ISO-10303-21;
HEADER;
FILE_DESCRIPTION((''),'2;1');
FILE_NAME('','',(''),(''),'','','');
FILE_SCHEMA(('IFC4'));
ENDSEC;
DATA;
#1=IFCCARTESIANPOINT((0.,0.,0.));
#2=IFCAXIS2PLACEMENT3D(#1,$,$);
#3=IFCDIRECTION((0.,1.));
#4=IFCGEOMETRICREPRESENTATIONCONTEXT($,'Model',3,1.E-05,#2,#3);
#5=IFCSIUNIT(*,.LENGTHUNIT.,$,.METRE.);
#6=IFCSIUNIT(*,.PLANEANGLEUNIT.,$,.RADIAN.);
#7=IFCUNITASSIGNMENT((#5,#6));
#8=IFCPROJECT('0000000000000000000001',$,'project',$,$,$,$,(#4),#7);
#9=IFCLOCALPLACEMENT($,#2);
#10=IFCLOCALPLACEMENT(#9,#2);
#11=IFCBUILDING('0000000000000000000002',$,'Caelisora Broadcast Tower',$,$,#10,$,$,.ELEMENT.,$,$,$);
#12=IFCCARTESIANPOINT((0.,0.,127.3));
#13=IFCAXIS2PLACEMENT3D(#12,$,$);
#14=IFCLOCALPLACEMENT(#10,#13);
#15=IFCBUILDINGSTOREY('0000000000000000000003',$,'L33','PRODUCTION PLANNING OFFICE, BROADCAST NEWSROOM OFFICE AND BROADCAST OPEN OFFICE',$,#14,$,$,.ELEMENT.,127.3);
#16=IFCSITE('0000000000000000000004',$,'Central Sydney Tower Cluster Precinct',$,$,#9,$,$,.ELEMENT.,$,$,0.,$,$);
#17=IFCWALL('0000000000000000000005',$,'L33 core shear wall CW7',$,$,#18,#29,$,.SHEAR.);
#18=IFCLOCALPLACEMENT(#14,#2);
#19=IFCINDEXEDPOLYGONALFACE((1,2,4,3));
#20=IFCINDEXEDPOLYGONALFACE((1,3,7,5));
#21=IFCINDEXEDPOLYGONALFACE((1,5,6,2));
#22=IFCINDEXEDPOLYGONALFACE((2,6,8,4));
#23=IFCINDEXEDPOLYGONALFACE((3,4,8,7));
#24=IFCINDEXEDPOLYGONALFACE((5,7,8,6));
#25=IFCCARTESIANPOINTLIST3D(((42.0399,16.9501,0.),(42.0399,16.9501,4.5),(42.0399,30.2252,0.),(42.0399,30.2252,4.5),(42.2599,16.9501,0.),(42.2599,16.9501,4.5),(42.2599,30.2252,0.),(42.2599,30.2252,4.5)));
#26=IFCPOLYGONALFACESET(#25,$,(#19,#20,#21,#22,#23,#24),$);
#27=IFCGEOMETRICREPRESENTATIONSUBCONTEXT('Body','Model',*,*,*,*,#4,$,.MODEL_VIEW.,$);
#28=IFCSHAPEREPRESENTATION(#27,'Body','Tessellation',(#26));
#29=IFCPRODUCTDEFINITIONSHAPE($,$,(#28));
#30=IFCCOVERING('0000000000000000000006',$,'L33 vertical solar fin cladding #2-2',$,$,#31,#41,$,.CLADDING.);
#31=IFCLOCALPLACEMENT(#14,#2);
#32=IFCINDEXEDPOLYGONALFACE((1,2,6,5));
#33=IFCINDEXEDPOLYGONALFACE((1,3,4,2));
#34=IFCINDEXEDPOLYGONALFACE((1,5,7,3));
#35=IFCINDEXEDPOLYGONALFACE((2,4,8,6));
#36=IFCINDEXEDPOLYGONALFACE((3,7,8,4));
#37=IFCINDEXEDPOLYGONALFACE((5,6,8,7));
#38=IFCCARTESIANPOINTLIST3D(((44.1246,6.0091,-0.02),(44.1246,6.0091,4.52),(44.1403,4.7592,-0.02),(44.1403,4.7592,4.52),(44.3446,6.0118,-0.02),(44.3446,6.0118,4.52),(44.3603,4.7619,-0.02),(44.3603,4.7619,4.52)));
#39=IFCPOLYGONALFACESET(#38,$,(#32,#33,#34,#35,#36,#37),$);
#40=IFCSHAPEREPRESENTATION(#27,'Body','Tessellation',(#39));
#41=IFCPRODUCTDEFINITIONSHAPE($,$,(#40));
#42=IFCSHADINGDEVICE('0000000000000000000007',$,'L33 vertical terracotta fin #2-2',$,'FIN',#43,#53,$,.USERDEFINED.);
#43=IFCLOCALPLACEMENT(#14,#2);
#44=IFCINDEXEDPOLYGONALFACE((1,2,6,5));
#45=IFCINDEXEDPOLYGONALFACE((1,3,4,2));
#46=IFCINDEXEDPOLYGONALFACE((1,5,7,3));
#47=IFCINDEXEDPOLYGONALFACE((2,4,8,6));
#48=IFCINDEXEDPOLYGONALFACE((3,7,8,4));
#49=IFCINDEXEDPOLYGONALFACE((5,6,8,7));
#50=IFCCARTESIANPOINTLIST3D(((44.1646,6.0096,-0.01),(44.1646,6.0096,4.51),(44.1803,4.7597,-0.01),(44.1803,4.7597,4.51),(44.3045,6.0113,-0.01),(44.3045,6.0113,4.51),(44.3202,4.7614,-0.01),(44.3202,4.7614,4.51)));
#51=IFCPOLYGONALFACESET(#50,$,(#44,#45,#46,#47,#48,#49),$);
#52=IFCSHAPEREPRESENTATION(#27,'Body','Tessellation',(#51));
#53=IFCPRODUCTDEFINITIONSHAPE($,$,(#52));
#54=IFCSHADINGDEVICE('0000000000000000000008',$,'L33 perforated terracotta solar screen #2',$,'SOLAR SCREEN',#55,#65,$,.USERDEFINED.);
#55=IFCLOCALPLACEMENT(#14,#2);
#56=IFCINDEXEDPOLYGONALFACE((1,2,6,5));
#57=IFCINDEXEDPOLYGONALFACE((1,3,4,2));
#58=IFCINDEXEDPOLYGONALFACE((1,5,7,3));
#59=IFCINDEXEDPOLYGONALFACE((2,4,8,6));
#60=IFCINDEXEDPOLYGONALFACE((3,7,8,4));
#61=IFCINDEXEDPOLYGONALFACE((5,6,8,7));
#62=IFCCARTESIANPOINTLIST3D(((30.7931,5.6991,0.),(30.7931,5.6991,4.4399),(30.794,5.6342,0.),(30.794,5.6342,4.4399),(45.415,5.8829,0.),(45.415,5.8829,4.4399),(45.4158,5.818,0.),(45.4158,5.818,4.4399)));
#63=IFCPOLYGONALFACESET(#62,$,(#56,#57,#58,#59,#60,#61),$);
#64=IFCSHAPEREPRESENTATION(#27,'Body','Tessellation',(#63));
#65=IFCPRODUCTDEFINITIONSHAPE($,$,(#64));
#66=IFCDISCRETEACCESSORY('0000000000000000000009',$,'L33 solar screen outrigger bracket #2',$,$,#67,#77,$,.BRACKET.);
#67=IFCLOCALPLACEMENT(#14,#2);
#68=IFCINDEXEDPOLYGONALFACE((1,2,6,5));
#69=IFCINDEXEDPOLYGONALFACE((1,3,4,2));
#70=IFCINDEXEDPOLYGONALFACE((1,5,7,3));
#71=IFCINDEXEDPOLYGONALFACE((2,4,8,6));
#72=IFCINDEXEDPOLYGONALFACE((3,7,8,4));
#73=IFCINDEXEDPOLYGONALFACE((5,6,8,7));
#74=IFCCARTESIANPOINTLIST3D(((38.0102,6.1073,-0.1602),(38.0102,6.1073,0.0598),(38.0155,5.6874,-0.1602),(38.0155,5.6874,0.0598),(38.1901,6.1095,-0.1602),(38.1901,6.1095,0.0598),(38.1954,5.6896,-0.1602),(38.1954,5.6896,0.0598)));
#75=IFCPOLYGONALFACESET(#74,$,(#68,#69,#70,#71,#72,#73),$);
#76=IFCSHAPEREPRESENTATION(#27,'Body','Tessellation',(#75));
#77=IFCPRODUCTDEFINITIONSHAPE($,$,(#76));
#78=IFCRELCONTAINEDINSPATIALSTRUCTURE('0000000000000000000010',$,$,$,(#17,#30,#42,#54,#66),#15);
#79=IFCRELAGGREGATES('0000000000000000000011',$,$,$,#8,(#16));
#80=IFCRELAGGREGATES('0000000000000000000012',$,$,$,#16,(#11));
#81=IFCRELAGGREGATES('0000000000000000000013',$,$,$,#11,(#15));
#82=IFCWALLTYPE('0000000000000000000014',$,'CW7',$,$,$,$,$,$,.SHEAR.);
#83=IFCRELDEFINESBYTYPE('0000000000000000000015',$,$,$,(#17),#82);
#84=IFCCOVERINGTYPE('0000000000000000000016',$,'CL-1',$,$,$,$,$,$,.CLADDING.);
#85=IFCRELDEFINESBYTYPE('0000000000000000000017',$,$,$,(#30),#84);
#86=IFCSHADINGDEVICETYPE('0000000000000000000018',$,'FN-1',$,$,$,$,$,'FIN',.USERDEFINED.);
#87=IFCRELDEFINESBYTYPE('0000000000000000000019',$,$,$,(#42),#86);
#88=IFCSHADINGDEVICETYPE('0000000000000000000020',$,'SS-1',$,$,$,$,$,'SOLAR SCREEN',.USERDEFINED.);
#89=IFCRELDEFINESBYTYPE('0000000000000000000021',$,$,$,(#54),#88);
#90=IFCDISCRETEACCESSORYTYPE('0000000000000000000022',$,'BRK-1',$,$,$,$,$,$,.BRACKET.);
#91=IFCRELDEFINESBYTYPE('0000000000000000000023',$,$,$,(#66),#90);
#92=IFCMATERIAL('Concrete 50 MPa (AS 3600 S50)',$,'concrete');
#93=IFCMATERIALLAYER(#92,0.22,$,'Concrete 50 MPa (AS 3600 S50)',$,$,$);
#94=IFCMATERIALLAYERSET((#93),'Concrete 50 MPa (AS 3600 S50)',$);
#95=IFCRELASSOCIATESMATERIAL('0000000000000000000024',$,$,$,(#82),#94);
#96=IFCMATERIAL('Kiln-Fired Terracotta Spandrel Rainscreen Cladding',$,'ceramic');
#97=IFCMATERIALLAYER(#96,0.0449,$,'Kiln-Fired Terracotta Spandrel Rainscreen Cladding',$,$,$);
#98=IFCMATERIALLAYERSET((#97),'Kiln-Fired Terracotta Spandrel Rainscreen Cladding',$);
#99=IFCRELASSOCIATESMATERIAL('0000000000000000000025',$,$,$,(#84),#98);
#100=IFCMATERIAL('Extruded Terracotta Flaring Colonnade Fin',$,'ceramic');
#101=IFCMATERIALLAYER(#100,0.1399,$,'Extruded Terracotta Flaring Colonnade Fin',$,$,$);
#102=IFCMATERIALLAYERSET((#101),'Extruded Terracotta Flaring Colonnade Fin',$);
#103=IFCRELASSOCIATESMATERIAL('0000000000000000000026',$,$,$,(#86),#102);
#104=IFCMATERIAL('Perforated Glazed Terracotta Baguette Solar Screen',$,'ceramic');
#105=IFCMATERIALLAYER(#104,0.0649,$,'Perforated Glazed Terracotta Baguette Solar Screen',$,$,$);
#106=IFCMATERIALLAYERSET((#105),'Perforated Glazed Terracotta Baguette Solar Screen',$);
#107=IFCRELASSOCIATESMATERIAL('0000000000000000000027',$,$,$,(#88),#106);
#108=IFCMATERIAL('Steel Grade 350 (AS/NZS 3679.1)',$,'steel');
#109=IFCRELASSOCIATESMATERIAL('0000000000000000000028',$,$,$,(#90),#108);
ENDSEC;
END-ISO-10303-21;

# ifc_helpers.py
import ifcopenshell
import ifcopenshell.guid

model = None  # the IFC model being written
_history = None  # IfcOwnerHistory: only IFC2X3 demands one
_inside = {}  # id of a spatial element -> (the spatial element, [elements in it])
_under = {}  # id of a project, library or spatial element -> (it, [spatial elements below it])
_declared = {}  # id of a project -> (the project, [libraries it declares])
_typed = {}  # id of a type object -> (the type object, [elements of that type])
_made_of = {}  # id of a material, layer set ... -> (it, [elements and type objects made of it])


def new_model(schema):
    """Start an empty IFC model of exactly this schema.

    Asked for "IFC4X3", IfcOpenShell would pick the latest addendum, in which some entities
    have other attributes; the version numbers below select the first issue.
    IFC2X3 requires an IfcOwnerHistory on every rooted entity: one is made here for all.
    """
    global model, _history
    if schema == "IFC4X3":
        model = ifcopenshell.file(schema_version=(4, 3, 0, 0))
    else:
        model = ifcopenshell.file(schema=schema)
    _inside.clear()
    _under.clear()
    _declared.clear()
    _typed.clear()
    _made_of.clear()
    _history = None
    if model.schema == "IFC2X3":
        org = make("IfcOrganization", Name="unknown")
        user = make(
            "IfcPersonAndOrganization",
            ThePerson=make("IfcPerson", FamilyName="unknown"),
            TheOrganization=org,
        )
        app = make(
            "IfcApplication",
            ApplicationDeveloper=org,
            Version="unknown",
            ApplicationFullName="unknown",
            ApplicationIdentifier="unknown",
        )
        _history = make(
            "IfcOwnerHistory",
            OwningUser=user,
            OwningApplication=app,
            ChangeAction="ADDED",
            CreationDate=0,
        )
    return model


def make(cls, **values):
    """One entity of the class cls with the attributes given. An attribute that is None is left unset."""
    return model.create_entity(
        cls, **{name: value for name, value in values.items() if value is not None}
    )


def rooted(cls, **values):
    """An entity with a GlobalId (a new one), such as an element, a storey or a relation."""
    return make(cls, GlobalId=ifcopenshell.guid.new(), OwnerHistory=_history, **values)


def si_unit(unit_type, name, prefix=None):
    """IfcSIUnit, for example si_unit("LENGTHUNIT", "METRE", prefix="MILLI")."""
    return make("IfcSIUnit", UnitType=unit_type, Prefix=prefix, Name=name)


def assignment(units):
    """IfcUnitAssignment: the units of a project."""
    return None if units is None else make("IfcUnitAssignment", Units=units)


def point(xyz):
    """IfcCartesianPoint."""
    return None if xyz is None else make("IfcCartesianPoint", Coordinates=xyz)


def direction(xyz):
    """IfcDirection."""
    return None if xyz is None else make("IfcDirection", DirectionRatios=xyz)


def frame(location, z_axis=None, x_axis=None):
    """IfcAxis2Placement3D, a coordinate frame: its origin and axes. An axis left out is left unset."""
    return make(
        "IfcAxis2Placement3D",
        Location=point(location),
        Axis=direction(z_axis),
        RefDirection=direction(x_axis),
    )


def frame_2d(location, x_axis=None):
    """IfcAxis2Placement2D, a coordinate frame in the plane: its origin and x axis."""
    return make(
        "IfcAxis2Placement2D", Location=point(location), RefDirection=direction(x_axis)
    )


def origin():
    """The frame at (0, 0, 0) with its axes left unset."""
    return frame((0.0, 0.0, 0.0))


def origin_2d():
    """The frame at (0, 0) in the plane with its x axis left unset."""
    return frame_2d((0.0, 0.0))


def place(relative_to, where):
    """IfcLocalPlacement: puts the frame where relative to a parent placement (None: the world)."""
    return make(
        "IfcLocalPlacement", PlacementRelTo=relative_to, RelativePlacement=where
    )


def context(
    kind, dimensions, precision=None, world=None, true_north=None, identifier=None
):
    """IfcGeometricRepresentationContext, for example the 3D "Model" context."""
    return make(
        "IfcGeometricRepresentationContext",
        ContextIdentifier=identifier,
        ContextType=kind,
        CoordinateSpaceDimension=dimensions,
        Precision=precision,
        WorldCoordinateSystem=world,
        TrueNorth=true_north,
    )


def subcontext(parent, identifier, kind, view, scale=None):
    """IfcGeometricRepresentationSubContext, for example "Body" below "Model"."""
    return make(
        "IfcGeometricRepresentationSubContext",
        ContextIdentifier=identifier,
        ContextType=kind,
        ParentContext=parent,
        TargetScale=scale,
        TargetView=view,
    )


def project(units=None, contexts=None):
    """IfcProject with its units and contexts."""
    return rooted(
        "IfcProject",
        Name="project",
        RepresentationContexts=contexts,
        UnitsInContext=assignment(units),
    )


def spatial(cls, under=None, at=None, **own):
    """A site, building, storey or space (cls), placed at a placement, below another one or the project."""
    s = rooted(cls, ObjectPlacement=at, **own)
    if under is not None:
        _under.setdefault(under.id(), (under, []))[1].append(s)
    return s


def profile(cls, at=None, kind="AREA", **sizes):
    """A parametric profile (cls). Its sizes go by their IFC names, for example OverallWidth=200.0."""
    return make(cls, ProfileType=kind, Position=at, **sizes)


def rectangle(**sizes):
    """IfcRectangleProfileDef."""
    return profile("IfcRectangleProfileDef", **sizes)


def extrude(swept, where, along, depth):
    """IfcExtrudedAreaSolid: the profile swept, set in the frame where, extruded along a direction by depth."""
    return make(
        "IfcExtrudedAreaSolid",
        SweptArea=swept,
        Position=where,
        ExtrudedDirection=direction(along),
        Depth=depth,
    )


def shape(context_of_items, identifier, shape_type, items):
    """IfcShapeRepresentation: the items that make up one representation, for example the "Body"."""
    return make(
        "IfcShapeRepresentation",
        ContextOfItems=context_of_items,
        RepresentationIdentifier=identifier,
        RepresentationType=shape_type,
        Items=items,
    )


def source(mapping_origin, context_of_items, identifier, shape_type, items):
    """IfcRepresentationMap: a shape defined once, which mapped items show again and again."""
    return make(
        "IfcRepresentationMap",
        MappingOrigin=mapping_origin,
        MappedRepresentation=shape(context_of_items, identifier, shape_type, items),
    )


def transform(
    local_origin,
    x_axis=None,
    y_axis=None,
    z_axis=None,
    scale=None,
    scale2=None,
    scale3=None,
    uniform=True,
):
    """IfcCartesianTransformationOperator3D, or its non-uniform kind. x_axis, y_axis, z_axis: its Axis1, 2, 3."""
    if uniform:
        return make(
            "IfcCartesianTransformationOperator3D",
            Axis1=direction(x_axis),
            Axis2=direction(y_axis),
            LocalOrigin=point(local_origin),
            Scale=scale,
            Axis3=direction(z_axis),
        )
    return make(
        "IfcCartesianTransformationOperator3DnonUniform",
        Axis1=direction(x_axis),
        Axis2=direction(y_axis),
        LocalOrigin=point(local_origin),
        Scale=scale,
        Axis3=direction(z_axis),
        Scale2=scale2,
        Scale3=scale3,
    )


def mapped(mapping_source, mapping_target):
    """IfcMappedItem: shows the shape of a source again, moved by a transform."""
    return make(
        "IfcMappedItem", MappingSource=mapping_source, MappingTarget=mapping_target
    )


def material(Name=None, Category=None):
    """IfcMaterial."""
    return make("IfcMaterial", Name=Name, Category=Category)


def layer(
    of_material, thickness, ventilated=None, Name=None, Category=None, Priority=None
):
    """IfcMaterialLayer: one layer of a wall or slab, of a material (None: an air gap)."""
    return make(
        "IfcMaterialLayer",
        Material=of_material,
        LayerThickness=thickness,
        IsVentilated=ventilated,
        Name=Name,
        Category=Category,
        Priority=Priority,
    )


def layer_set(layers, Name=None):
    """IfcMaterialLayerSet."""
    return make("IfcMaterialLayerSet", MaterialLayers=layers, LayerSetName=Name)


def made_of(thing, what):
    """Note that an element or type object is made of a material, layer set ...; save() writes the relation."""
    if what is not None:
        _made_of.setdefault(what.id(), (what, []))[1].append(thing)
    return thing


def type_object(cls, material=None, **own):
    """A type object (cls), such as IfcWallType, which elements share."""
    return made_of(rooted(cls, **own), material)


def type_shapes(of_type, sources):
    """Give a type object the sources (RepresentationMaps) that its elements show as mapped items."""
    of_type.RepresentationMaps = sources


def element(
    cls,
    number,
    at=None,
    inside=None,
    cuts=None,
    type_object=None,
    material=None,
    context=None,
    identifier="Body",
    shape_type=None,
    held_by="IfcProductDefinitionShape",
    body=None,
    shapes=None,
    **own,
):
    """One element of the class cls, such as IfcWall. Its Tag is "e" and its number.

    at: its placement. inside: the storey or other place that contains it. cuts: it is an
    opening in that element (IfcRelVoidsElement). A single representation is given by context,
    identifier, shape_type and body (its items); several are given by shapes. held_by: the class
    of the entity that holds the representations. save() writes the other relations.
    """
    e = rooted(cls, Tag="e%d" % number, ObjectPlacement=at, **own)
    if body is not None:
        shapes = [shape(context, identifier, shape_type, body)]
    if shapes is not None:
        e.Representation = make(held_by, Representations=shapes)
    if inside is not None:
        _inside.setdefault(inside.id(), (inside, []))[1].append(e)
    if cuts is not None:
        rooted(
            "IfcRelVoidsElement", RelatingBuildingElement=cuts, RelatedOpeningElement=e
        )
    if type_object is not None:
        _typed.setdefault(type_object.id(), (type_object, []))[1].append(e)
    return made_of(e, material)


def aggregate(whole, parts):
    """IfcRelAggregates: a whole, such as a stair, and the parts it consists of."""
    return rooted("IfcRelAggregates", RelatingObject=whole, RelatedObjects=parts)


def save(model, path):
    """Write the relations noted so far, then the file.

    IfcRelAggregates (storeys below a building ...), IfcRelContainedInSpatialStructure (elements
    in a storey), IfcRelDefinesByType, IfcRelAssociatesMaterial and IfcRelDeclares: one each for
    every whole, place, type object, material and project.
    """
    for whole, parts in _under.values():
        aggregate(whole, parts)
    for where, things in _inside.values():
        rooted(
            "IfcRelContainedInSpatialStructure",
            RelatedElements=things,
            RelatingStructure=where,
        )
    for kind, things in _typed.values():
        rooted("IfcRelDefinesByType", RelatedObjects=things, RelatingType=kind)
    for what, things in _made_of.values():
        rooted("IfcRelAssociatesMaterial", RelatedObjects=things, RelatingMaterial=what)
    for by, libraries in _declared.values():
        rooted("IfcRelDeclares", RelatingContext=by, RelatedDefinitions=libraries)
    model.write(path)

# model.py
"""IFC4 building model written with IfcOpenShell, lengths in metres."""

from ifc_helpers import new_model, si_unit, direction, frame, frame_2d, origin, origin_2d, place, context, subcontext, project, spatial, rectangle, extrude, source, transform, mapped, material, layer, layer_set, type_object, type_shapes, element, save


model = new_model("IFC4")

# Units and contexts
model_context = context("Model", 3, precision=1e-05, world=origin(), true_north=direction((0.0, 1.0)))
body_context = subcontext(model_context, "Body", "Model", "MODEL_VIEW")
ifc_project = project(units=[si_unit("LENGTHUNIT", "METRE"), si_unit("PLANEANGLEUNIT", "RADIAN")], contexts=[model_context])

# Site, building, storey
site_placement = place(None, origin())
site = spatial("IfcSite", under=ifc_project, at=site_placement, Name="Central Sydney Tower Cluster Precinct", CompositionType="ELEMENT", RefElevation=0.0)
building_placement = place(site_placement, origin())
building = spatial("IfcBuilding", under=site, at=building_placement, Name="Caelisora Broadcast Tower", CompositionType="ELEMENT")
storey_placement = place(building_placement, frame((0.0, 0.0, 127.3)))
storey = spatial("IfcBuildingStorey", under=building, at=storey_placement, Name="L33", Description="PRODUCTION PLANNING OFFICE, BROADCAST NEWSROOM OFFICE AND BROADCAST OPEN OFFICE", CompositionType="ELEMENT", Elevation=127.3)

# Shared definitions
ifc_material_1 = material(Name="Steel Grade 350 (AS/NZS 3679.1)", Category="steel")

# Shared definitions
ifc_material_2 = material(Name="Concrete 50 MPa (AS 3600 S50)", Category="concrete")

# Wall
ifc_layer_1 = layer(ifc_material_2, 0.22, Name="Concrete 50 MPa (AS 3600 S50)")
ifc_layer_set_1 = layer_set([ifc_layer_1], Name="Concrete 50 MPa (AS 3600 S50)")
wall_type_1 = type_object("IfcWallType", Name="CW7", PredefinedType="SHEAR", material=ifc_layer_set_1)
wall_1_placement = place(storey_placement, frame((42.1499, 16.95, 0.0), z_axis=(0.0, 0.0, 1.0), x_axis=(0.0, 1.0, 0.0)))
element("IfcWall", 1, at=wall_1_placement, inside=storey, type_object=wall_type_1, Name="L33 core shear wall CW7", PredefinedType="SHEAR", context=body_context, shape_type="SweptSolid", body=[
    extrude(rectangle(XDim=13.2751, YDim=0.22, at=frame_2d((6.6377, 0.0))), origin(), (0.0, 0.0, 1.0), 4.5),
])

# Covering
ifc_material_3 = material(Name="Kiln-Fired Terracotta Spandrel Rainscreen Cladding", Category="ceramic")
ifc_layer_2 = layer(ifc_material_3, 0.0449, Name="Kiln-Fired Terracotta Spandrel Rainscreen Cladding")
ifc_layer_set_2 = layer_set([ifc_layer_2], Name="Kiln-Fired Terracotta Spandrel Rainscreen Cladding")
covering_type = type_object("IfcCoveringType", Name="CL-1", PredefinedType="CLADDING", material=ifc_layer_set_2)
shared_shape_1 = source(origin(), body_context, "Body", "SweptSolid", [
    extrude(rectangle(XDim=0.22, YDim=1.25, at=origin_2d()), origin(), (0.0, 0.0, 1.0), 4.54),
])
type_shapes(covering_type, [shared_shape_1])
covering_placement = place(storey_placement, frame((44.2424, 5.3855, -0.02), z_axis=(0.0, 0.0, 1.0), x_axis=(-0.999921, -0.012566, 0.0)))
element("IfcCovering", 2, at=covering_placement, inside=storey, type_object=covering_type, Name="L33 vertical solar fin cladding #2-2", PredefinedType="CLADDING", context=body_context, shape_type="MappedRepresentation", body=[
    mapped(shared_shape_1, transform((0.0, 0.0, 0.0), scale=1.0)),
])

# Shading devices
ifc_material_4 = material(Name="Extruded Terracotta Flaring Colonnade Fin", Category="ceramic")
ifc_layer_3 = layer(ifc_material_4, 0.1399, Name="Extruded Terracotta Flaring Colonnade Fin")
ifc_layer_set_3 = layer_set([ifc_layer_3], Name="Extruded Terracotta Flaring Colonnade Fin")
shading_device_type_1 = type_object("IfcShadingDeviceType", Name="FN-1", ElementType="FIN", PredefinedType="USERDEFINED", material=ifc_layer_set_3)
shared_shape_2 = source(origin(), body_context, "Body", "SweptSolid", [
    extrude(rectangle(XDim=0.1399, YDim=1.25, at=origin_2d()), origin(), (0.0, 0.0, 1.0), 4.52),
])
type_shapes(shading_device_type_1, [shared_shape_2])
shading_device_1_placement = place(storey_placement, frame((44.2424, 5.3855, -0.01), z_axis=(0.0, 0.0, 1.0), x_axis=(-0.999921, -0.012566, 0.0)))
element("IfcShadingDevice", 3, at=shading_device_1_placement, inside=storey, type_object=shading_device_type_1, Name="L33 vertical terracotta fin #2-2", ObjectType="FIN", PredefinedType="USERDEFINED", context=body_context, shape_type="MappedRepresentation", body=[
    mapped(shared_shape_2, transform((0.0, 0.0, 0.0), scale=1.0)),
])
ifc_material_5 = material(Name="Perforated Glazed Terracotta Baguette Solar Screen", Category="ceramic")
ifc_layer_4 = layer(ifc_material_5, 0.0649, Name="Perforated Glazed Terracotta Baguette Solar Screen")
ifc_layer_set_4 = layer_set([ifc_layer_4], Name="Perforated Glazed Terracotta Baguette Solar Screen")
shading_device_type_2 = type_object("IfcShadingDeviceType", Name="SS-1", ElementType="SOLAR SCREEN", PredefinedType="USERDEFINED", material=ifc_layer_set_4)
shared_shape_3 = source(origin(), body_context, "Body", "SweptSolid", [
    extrude(rectangle(XDim=14.623, YDim=0.0649, at=origin_2d()), origin(), (0.0, 0.0, 1.0), 4.4399),
])
type_shapes(shading_device_type_2, [shared_shape_3])
shading_device_2_placement = place(storey_placement, frame((38.1045, 5.7585, 0.0), z_axis=(0.0, 0.0, 1.0), x_axis=(0.999921, 0.012566, 0.0)))
element("IfcShadingDevice", 4, at=shading_device_2_placement, inside=storey, type_object=shading_device_type_2, Name="L33 perforated terracotta solar screen #2", ObjectType="SOLAR SCREEN", PredefinedType="USERDEFINED", context=body_context, shape_type="MappedRepresentation", body=[
    mapped(shared_shape_3, transform((0.0, 0.0, 0.0), scale=1.0)),
])

# Discrete accessory
discrete_accessory_type = type_object("IfcDiscreteAccessoryType", Name="BRK-1", PredefinedType="BRACKET", material=ifc_material_1)
shared_shape_4 = source(origin(), body_context, "Body", "SweptSolid", [
    extrude(rectangle(XDim=0.1799, YDim=0.4199, at=origin_2d()), origin(), (0.0, 0.0, 1.0), 0.22),
])
type_shapes(discrete_accessory_type, [shared_shape_4])
discrete_accessory_placement = place(storey_placement, frame((38.1028, 5.8984, -0.1602), z_axis=(0.0, 0.0, 1.0), x_axis=(0.999921, 0.012566, 0.0)))
element("IfcDiscreteAccessory", 5, at=discrete_accessory_placement, inside=storey, type_object=discrete_accessory_type, Name="L33 solar screen outrigger bracket #2", PredefinedType="BRACKET", context=body_context, shape_type="MappedRepresentation", body=[
    mapped(shared_shape_4, transform((0.0, 0.0, 0.0), scale=1.0)),
])

save(model, "model.ifc")
